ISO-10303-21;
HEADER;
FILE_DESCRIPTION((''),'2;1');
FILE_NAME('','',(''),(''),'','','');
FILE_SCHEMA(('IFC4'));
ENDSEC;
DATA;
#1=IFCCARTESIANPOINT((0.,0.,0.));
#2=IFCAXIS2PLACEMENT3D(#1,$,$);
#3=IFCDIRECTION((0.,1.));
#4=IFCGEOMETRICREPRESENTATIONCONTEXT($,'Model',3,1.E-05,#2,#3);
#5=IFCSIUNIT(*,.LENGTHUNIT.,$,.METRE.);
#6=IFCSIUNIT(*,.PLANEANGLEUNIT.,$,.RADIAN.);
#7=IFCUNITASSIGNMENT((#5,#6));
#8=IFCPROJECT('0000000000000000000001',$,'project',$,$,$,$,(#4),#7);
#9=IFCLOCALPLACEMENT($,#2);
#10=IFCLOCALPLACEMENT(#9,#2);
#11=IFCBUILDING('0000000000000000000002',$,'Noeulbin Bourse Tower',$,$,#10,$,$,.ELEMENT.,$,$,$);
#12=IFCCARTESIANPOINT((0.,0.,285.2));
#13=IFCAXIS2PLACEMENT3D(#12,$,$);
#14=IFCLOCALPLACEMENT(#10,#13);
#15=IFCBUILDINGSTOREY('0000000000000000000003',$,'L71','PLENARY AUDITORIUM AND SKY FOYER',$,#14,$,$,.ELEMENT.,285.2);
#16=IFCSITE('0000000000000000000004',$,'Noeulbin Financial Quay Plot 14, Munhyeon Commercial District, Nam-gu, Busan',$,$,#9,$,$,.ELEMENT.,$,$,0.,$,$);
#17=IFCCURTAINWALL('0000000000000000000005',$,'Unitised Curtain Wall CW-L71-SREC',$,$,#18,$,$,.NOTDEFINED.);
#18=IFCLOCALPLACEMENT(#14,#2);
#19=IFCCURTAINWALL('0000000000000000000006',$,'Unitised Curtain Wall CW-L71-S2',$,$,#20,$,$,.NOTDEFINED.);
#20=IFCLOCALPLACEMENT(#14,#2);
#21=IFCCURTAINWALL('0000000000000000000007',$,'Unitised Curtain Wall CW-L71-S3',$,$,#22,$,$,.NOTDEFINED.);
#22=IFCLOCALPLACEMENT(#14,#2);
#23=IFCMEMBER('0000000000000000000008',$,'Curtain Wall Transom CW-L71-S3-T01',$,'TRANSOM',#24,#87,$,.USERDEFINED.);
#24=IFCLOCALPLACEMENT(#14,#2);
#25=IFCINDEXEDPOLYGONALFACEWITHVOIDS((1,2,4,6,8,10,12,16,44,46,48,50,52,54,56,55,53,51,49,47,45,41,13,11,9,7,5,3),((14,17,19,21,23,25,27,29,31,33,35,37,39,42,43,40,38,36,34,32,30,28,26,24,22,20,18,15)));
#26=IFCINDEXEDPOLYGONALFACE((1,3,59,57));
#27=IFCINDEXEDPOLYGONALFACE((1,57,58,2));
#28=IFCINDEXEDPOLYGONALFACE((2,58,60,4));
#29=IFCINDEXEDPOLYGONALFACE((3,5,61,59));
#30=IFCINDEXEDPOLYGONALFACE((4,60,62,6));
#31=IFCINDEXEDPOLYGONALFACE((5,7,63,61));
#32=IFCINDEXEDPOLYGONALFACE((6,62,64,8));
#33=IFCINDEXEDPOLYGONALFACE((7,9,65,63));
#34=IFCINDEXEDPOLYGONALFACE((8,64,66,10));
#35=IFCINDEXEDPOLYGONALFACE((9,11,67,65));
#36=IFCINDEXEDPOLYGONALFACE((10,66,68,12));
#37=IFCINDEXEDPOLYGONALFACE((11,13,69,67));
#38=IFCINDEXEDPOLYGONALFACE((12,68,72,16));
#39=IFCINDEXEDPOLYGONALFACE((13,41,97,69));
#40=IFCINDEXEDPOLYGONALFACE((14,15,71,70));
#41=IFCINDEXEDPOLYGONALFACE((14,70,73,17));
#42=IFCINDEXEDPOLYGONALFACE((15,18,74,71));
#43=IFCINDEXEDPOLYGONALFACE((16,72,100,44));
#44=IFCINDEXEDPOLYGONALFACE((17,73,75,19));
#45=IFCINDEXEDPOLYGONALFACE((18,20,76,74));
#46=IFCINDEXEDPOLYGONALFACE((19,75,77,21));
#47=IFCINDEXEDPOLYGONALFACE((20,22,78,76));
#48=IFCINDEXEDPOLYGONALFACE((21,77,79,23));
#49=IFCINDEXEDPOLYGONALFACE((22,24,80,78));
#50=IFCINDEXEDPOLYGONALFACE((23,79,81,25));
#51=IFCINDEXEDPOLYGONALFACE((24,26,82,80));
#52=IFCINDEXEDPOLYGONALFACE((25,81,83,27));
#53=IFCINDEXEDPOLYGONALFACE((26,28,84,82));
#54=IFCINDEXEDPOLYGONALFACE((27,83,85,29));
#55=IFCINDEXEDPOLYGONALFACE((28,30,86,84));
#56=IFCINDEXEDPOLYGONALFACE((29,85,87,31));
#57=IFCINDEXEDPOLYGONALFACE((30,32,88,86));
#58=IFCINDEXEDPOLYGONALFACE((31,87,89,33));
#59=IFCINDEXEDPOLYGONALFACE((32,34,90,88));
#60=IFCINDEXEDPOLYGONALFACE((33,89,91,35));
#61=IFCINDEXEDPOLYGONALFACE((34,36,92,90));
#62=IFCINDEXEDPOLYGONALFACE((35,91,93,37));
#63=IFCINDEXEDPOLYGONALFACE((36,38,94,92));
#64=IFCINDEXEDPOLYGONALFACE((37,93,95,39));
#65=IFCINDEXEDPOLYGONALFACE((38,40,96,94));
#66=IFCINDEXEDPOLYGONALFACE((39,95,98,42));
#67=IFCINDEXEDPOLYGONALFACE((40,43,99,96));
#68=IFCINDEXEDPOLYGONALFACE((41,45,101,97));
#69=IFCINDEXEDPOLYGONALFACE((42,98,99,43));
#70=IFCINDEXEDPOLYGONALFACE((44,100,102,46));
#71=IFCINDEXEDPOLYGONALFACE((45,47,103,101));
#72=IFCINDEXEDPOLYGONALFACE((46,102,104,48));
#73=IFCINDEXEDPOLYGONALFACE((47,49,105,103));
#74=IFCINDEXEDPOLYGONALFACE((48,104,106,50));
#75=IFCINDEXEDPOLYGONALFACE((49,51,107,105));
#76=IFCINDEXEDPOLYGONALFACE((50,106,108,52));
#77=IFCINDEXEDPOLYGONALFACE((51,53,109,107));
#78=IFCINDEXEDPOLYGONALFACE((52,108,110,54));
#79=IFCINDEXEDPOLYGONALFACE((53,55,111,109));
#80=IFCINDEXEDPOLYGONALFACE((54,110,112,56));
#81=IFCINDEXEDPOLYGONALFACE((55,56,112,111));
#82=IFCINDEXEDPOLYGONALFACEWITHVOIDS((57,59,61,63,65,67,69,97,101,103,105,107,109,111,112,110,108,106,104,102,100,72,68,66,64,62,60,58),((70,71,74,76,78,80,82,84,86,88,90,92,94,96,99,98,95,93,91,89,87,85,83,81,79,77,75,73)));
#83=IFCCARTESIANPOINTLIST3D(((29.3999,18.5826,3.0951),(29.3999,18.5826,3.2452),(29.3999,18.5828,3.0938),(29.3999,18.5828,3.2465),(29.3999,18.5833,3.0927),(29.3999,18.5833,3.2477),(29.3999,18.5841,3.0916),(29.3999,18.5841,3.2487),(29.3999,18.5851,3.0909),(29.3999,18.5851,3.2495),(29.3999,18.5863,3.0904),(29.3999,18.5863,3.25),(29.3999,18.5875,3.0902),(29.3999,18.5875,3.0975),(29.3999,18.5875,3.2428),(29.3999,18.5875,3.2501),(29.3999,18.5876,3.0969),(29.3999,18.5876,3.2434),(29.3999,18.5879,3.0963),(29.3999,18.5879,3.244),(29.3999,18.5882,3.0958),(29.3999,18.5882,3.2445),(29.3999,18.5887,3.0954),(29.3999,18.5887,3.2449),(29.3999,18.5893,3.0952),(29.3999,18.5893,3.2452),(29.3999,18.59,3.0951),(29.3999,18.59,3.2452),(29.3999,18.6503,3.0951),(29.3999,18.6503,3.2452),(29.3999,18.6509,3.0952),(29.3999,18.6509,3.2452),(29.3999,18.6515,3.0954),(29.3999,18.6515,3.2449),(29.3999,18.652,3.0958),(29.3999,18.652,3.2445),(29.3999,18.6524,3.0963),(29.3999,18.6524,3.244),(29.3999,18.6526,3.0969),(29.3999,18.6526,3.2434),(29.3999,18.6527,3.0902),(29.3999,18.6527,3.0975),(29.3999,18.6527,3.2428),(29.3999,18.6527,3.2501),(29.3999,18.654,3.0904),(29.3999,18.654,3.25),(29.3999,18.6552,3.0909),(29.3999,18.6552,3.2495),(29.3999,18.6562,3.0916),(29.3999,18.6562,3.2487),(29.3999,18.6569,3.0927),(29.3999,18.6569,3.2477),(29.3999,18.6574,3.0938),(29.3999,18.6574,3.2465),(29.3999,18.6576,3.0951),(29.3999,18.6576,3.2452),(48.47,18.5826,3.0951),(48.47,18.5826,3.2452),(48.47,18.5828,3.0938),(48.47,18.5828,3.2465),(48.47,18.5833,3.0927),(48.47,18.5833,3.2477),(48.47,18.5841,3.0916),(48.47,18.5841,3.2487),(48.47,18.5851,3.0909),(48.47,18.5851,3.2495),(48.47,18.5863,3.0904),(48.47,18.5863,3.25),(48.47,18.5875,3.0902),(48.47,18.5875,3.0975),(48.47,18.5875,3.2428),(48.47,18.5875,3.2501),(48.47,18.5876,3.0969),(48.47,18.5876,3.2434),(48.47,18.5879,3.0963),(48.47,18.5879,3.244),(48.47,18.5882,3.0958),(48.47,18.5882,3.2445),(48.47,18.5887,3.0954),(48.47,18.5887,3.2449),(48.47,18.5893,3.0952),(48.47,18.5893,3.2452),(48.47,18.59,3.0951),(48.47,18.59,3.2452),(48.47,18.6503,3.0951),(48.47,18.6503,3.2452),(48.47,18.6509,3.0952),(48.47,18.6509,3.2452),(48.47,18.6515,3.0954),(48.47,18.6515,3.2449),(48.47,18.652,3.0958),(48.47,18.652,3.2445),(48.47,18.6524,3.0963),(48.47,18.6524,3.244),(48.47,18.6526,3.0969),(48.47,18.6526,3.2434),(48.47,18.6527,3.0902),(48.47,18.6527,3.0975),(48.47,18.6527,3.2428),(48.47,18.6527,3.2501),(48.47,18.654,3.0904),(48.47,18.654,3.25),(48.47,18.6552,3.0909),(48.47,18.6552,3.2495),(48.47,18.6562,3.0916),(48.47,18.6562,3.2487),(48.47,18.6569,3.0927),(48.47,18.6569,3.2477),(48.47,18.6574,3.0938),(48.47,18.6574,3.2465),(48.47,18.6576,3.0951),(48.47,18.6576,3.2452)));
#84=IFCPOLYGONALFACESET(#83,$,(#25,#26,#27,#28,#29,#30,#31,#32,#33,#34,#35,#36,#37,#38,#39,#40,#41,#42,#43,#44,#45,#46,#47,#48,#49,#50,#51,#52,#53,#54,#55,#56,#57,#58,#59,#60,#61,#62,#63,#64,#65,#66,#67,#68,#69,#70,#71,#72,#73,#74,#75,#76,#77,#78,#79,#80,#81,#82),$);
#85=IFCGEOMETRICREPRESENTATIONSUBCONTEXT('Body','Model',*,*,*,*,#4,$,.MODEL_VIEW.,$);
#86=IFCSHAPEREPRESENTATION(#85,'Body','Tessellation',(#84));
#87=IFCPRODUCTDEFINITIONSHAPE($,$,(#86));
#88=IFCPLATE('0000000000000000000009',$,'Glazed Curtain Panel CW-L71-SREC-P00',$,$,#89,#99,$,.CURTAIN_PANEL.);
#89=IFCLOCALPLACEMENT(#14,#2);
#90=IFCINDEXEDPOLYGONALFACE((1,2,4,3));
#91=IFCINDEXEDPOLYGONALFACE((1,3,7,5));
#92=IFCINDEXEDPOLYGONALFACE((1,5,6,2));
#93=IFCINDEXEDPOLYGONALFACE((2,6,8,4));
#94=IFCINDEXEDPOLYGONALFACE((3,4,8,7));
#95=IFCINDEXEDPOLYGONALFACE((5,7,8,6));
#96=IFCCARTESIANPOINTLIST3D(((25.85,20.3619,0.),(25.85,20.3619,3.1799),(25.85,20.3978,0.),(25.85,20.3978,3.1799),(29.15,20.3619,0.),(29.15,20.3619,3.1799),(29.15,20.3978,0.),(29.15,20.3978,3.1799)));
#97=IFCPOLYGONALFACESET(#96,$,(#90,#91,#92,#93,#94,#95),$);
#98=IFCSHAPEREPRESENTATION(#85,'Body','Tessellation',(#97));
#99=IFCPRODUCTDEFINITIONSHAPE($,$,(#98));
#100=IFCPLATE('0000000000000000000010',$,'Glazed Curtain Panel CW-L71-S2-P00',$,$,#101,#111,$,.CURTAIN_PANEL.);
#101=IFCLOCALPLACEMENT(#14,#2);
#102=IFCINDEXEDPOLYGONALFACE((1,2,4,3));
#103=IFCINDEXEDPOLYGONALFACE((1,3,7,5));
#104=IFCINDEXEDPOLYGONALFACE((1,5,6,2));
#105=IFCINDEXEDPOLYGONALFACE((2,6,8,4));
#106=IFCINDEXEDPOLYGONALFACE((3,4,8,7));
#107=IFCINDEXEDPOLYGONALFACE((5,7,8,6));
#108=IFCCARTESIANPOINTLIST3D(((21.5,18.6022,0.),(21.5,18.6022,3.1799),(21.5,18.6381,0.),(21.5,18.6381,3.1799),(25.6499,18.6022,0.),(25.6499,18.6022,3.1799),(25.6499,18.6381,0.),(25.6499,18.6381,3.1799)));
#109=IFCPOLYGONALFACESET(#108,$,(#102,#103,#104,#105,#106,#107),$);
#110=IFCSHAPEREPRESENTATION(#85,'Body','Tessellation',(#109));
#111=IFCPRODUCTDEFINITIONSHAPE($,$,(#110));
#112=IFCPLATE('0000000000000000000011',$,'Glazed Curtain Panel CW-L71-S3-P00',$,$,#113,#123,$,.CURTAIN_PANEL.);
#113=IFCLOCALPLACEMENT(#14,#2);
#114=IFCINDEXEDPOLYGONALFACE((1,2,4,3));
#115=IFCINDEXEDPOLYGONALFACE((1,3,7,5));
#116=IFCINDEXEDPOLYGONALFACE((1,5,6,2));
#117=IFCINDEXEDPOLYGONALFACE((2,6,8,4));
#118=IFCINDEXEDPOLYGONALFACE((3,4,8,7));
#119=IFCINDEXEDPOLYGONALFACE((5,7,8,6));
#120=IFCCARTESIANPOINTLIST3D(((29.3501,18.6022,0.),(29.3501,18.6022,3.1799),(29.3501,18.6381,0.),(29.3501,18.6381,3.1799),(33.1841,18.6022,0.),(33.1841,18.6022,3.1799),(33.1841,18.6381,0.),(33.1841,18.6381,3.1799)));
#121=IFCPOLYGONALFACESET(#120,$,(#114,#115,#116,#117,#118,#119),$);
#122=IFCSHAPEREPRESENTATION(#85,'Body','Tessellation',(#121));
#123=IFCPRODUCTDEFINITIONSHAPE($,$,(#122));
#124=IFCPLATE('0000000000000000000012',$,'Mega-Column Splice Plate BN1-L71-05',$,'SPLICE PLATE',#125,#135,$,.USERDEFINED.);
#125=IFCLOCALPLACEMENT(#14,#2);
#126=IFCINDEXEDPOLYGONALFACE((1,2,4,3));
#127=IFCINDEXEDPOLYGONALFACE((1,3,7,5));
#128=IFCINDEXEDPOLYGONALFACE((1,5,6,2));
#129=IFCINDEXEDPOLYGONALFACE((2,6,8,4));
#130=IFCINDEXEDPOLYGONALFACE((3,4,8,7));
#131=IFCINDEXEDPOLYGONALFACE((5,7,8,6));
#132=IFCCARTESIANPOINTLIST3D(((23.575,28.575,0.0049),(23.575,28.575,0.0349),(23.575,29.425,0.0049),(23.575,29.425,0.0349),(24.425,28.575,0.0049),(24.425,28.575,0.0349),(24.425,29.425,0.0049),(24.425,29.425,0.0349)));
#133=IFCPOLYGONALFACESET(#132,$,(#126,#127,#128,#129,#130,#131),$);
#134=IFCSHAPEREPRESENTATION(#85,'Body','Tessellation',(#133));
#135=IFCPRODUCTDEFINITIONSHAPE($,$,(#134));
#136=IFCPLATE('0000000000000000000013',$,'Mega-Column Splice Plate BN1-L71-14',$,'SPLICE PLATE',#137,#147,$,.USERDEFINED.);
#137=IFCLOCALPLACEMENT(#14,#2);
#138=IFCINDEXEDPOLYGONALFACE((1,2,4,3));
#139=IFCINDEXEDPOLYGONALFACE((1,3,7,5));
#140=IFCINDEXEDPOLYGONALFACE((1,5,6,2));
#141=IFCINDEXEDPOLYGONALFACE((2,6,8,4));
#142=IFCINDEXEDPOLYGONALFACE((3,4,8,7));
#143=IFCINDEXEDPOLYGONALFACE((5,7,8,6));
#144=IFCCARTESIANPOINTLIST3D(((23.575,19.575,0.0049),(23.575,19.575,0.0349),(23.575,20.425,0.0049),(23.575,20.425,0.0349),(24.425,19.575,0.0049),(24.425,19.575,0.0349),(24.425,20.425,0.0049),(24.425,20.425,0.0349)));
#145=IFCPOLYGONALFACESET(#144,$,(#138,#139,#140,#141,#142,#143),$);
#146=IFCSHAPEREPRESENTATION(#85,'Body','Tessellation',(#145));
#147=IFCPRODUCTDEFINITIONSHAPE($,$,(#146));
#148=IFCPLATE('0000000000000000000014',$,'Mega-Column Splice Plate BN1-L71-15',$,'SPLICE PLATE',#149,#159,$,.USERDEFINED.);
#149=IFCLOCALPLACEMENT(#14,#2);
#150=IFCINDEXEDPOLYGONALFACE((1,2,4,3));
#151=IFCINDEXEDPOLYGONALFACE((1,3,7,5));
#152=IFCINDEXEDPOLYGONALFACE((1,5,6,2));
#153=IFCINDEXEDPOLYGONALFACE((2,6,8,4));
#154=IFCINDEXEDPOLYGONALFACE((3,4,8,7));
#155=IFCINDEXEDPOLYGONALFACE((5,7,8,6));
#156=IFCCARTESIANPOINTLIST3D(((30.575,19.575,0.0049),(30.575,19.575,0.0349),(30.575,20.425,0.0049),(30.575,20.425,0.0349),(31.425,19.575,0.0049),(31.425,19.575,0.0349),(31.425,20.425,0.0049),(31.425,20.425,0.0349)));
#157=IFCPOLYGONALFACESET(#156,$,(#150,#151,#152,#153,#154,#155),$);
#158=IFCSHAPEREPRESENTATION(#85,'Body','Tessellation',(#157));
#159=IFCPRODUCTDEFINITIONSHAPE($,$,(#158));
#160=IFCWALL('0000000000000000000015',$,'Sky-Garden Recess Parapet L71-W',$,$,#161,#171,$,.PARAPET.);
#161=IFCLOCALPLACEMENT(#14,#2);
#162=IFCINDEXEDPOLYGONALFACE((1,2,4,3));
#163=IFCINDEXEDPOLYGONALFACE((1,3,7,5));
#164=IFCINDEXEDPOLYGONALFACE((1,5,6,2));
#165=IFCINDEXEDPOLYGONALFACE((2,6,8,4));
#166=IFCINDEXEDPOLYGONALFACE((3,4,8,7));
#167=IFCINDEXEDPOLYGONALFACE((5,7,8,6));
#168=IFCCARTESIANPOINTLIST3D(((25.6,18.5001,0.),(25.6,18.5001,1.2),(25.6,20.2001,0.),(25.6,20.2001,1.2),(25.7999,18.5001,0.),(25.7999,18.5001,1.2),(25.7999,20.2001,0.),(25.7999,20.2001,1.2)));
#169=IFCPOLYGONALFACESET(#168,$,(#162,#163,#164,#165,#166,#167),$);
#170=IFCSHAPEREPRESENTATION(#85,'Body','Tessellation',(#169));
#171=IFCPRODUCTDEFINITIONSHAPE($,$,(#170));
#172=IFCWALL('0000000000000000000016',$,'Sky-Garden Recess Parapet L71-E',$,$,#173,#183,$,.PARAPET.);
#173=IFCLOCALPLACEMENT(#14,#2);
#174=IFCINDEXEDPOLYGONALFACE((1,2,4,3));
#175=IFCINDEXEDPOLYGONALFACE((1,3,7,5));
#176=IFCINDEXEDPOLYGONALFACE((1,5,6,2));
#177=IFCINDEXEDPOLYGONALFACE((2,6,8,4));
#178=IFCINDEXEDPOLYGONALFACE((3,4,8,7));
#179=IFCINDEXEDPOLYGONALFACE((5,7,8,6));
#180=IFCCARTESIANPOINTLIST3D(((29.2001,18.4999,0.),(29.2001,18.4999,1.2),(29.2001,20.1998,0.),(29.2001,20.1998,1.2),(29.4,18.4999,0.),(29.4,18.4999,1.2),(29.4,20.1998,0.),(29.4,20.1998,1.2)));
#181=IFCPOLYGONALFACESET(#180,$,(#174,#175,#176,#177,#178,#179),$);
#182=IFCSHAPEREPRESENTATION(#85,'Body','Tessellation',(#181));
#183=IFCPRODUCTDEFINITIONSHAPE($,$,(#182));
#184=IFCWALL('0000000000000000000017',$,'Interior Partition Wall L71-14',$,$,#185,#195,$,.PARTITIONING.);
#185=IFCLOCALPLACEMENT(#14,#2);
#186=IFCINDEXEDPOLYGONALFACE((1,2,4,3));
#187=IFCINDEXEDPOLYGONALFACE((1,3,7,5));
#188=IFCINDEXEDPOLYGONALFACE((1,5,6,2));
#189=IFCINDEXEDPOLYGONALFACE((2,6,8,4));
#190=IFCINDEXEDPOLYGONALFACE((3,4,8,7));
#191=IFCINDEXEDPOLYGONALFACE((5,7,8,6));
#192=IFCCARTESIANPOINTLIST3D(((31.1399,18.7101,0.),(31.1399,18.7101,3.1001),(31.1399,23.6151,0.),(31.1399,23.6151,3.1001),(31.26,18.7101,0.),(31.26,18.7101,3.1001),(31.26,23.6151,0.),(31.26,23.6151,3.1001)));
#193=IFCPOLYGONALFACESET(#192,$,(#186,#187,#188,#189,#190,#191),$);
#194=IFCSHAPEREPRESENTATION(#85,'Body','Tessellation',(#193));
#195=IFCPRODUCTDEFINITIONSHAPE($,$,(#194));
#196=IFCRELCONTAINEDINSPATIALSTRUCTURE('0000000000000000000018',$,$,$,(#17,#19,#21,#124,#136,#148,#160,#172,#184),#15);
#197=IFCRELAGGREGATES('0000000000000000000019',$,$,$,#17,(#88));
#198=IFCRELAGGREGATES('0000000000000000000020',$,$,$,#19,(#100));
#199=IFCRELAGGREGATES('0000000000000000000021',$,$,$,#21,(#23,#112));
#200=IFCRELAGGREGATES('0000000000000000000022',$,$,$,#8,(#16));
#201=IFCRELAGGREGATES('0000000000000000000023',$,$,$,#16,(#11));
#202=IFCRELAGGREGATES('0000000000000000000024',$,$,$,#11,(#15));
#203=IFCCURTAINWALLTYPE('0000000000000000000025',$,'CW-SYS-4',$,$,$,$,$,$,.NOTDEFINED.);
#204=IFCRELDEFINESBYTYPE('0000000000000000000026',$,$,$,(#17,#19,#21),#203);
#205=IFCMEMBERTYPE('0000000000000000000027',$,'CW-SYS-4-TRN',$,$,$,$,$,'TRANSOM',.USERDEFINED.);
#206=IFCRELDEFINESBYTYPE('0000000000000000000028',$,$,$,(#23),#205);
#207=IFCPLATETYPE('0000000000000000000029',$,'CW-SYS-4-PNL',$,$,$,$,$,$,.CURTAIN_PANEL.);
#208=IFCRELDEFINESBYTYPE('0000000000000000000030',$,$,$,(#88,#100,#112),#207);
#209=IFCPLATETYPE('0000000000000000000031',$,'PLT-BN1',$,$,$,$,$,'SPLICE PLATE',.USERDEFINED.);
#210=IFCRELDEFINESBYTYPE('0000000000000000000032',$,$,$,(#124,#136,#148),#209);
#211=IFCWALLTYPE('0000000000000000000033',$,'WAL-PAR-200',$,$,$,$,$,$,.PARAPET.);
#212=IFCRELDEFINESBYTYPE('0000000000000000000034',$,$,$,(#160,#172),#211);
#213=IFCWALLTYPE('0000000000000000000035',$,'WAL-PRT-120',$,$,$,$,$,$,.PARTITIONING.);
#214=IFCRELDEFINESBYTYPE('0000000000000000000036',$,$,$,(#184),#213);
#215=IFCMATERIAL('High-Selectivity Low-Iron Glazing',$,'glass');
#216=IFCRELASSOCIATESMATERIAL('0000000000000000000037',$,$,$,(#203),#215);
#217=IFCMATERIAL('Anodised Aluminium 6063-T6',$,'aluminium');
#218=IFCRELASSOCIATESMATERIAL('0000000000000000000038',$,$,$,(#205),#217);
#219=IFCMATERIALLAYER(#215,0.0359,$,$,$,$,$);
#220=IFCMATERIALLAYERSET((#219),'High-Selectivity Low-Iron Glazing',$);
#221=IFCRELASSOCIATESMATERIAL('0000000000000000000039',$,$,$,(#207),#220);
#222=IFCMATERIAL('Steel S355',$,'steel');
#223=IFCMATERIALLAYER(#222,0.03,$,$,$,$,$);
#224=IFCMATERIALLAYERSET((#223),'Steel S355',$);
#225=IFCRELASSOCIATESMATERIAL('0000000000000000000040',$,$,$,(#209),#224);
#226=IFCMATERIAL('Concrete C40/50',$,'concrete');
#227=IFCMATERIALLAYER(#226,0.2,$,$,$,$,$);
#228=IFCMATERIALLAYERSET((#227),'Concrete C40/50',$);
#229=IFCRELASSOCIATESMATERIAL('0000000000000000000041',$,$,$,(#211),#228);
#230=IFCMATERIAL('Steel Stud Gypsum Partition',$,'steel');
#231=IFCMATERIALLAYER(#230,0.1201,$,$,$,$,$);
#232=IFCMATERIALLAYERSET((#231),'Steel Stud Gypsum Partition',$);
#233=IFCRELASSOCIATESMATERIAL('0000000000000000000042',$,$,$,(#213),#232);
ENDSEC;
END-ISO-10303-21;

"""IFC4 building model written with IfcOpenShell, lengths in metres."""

from ifc_helpers import new_model, si_unit, direction, frame, frame_2d, origin, origin_2d, place, context, subcontext, project, spatial, rectangle, hollow_rectangle, extrude, material, layer, layer_set, material_profile, profile_set, type_object, element, aggregate, save


model = new_model("IFC4")

# Units and contexts
model_context = context("Model", 3, precision=1e-05, world=origin(), true_north=direction((0.0, 1.0)))
body_context = subcontext(model_context, "Body", "Model", "MODEL_VIEW")
ifc_project = project(units=[si_unit("LENGTHUNIT", "METRE"), si_unit("PLANEANGLEUNIT", "RADIAN")], contexts=[model_context])

# Site, building, storey
site_placement = place(None, origin())
site = spatial("IfcSite", under=ifc_project, at=site_placement, Name="Noeulbin Financial Quay Plot 14, Munhyeon Commercial District, Nam-gu, Busan", CompositionType="ELEMENT", RefElevation=0.0)
building_placement = place(site_placement, origin())
building = spatial("IfcBuilding", under=site, at=building_placement, Name="Noeulbin Bourse Tower", CompositionType="ELEMENT")
storey_placement = place(building_placement, frame((0.0, 0.0, 285.2)))
storey = spatial("IfcBuildingStorey", under=building, at=storey_placement, Name="L71", Description="PLENARY AUDITORIUM AND SKY FOYER", CompositionType="ELEMENT", Elevation=285.2)

# Shared definitions
ifc_material_1 = material(Name="Steel S355", Category="steel")

# Curtain wall
ifc_material_2 = material(Name="High-Selectivity Low-Iron Glazing", Category="glass")
curtain_wall_type = type_object("IfcCurtainWallType", Name="CW-SYS-4", PredefinedType="NOTDEFINED", material=ifc_material_2)
curtain_wall_1_placement = place(storey_placement, origin())
curtain_wall_1 = element("IfcCurtainWall", 1, at=curtain_wall_1_placement, inside=storey, type_object=curtain_wall_type, Name="Unitised Curtain Wall CW-L71-SREC", PredefinedType="NOTDEFINED")
ifc_material_3 = material(Name="Anodised Aluminium 6063-T6", Category="aluminium")

# Curtain walls
curtain_wall_2_placement = place(storey_placement, origin())
curtain_wall_2 = element("IfcCurtainWall", 2, at=curtain_wall_2_placement, inside=storey, type_object=curtain_wall_type, Name="Unitised Curtain Wall CW-L71-S2", PredefinedType="NOTDEFINED")
curtain_wall_3_placement = place(storey_placement, origin())
curtain_wall_3 = element("IfcCurtainWall", 3, at=curtain_wall_3_placement, inside=storey, type_object=curtain_wall_type, Name="Unitised Curtain Wall CW-L71-S3", PredefinedType="NOTDEFINED")

# Member
ifc_material_profile_1 = material_profile(ifc_material_3, hollow_rectangle(XDim=0.075, YDim=0.1599, WallThickness=0.0049, InnerFilletRadius=0.0024, OuterFilletRadius=0.0049, at=origin_2d()), Name="ALU-TRAN-75x160x5", Category="LoadBearing")
ifc_profile_set_1 = profile_set([ifc_material_profile_1], Name="Anodised Aluminium 6063-T6")
member_type_1 = type_object("IfcMemberType", Name="CW-SYS-4-TRN", ElementType="TRANSOM", PredefinedType="USERDEFINED", material=ifc_profile_set_1)
member_1_placement = place(storey_placement, frame((29.3999, 18.6201, 3.1702), z_axis=(1.0, 0.0, 0.0), x_axis=(0.0, 1.0, 0.0)))
member_1 = element("IfcMember", 4, at=member_1_placement, type_object=member_type_1, Name="Curtain Wall Transom CW-L71-S3-T01", ObjectType="TRANSOM", PredefinedType="USERDEFINED", context=body_context, shape_type="SweptSolid", body=[
    extrude(hollow_rectangle(XDim=0.075, YDim=0.1599, WallThickness=0.0049, InnerFilletRadius=0.0024, OuterFilletRadius=0.0049, at=origin_2d()), origin(), (0.0, 0.0, 1.0), 19.0701),
])

# Plates
ifc_layer_1 = layer(ifc_material_2, 0.0359)
ifc_layer_set_1 = layer_set([ifc_layer_1], Name="High-Selectivity Low-Iron Glazing")
plate_type_1 = type_object("IfcPlateType", Name="CW-SYS-4-PNL", PredefinedType="CURTAIN_PANEL", material=ifc_layer_set_1)
plate_1_placement = place(storey_placement, frame((27.5, 20.3799, 0.0), z_axis=(0.0, 0.0, 1.0), x_axis=(1.0, 0.0, 0.0)))
plate_1 = element("IfcPlate", 5, at=plate_1_placement, type_object=plate_type_1, Name="Glazed Curtain Panel CW-L71-SREC-P00", PredefinedType="CURTAIN_PANEL", context=body_context, shape_type="SweptSolid", body=[
    extrude(rectangle(XDim=3.3, YDim=0.0359, at=origin_2d()), origin(), (0.0, 0.0, 1.0), 3.1799),
])
aggregate(curtain_wall_1, [plate_1])
plate_2_placement = place(storey_placement, frame((23.575, 18.6201, 0.0), z_axis=(0.0, 0.0, 1.0), x_axis=(1.0, 0.0, 0.0)))
plate_2 = element("IfcPlate", 6, at=plate_2_placement, type_object=plate_type_1, Name="Glazed Curtain Panel CW-L71-S2-P00", PredefinedType="CURTAIN_PANEL", context=body_context, shape_type="SweptSolid", body=[
    extrude(rectangle(XDim=4.1499, YDim=0.0359, at=origin_2d()), origin(), (0.0, 0.0, 1.0), 3.1799),
])
aggregate(curtain_wall_2, [plate_2])
plate_3_placement = place(storey_placement, frame((31.2671, 18.6201, 0.0), z_axis=(0.0, 0.0, 1.0), x_axis=(1.0, 0.0, 0.0)))
plate_3 = element("IfcPlate", 7, at=plate_3_placement, type_object=plate_type_1, Name="Glazed Curtain Panel CW-L71-S3-P00", PredefinedType="CURTAIN_PANEL", context=body_context, shape_type="SweptSolid", body=[
    extrude(rectangle(XDim=3.834, YDim=0.0359, at=origin_2d()), origin(), (0.0, 0.0, 1.0), 3.1799),
])
aggregate(curtain_wall_3, [member_1, plate_3])

# Plates
ifc_layer_2 = layer(ifc_material_1, 0.03)
ifc_layer_set_2 = layer_set([ifc_layer_2], Name="Steel S355")
plate_type_2 = type_object("IfcPlateType", Name="PLT-BN1", ElementType="SPLICE PLATE", PredefinedType="USERDEFINED", material=ifc_layer_set_2)
for number, where, z_axis, x_axis, name in (
    (8, (24.0, 29.0, 0.0049), (0.0, 0.0, 1.0), (1.0, 0.0, 0.0), "Mega-Column Splice Plate BN1-L71-05"),
    (9, (24.0, 20.0, 0.0049), (0.0, 0.0, 1.0), (1.0, 0.0, 0.0), "Mega-Column Splice Plate BN1-L71-14"),
    (10, (31.0, 20.0, 0.0049), (0.0, 0.0, 1.0), (1.0, 0.0, 0.0), "Mega-Column Splice Plate BN1-L71-15"),
):
    element("IfcPlate", number, at=place(storey_placement, frame(where, z_axis=z_axis, x_axis=x_axis)), inside=storey, type_object=plate_type_2, Name=name, ObjectType="SPLICE PLATE", PredefinedType="USERDEFINED", context=body_context, shape_type="SweptSolid", body=[
        extrude(rectangle(XDim=0.8501, YDim=0.8501, at=origin_2d()), origin(), (0.0, 0.0, 1.0), 0.03),
    ])

# Walls
ifc_material_4 = material(Name="Concrete C40/50", Category="concrete")
ifc_layer_3 = layer(ifc_material_4, 0.2)
ifc_layer_set_3 = layer_set([ifc_layer_3], Name="Concrete C40/50")
wall_type_1 = type_object("IfcWallType", Name="WAL-PAR-200", PredefinedType="PARAPET", material=ifc_layer_set_3)
for number, where, z_axis, x_axis, name in (
    (11, (25.7, 18.5, 0.0), (0.0, 0.0, 1.0), (0.0, 1.0, 0.0), "Sky-Garden Recess Parapet L71-W"),
    (12, (29.3, 20.2, 0.0), (0.0, 0.0, 1.0), (0.0, -1.0, 0.0), "Sky-Garden Recess Parapet L71-E"),
):
    element("IfcWall", number, at=place(storey_placement, frame(where, z_axis=z_axis, x_axis=x_axis)), inside=storey, type_object=wall_type_1, Name=name, PredefinedType="PARAPET", context=body_context, shape_type="SweptSolid", body=[
        extrude(rectangle(XDim=1.7, YDim=0.2, at=frame_2d((0.8501, 0.0))), origin(), (0.0, 0.0, 1.0), 1.2),
    ])
ifc_material_5 = material(Name="Steel Stud Gypsum Partition", Category="steel")
ifc_layer_4 = layer(ifc_material_5, 0.1201)
ifc_layer_set_4 = layer_set([ifc_layer_4], Name="Steel Stud Gypsum Partition")
wall_type_2 = type_object("IfcWallType", Name="WAL-PRT-120", PredefinedType="PARTITIONING", material=ifc_layer_set_4)
wall_placement = place(storey_placement, frame((31.2, 18.71, 0.0), z_axis=(0.0, 0.0, 1.0), x_axis=(0.0, 1.0, 0.0)))
element("IfcWall", 13, at=wall_placement, inside=storey, type_object=wall_type_2, Name="Interior Partition Wall L71-14", PredefinedType="PARTITIONING", context=body_context, shape_type="SweptSolid", body=[
    extrude(rectangle(XDim=4.905, YDim=0.1201, at=frame_2d((2.4526, 0.0))), origin(), (0.0, 0.0, 1.0), 3.1001),
])

save(model, "model.ifc")
